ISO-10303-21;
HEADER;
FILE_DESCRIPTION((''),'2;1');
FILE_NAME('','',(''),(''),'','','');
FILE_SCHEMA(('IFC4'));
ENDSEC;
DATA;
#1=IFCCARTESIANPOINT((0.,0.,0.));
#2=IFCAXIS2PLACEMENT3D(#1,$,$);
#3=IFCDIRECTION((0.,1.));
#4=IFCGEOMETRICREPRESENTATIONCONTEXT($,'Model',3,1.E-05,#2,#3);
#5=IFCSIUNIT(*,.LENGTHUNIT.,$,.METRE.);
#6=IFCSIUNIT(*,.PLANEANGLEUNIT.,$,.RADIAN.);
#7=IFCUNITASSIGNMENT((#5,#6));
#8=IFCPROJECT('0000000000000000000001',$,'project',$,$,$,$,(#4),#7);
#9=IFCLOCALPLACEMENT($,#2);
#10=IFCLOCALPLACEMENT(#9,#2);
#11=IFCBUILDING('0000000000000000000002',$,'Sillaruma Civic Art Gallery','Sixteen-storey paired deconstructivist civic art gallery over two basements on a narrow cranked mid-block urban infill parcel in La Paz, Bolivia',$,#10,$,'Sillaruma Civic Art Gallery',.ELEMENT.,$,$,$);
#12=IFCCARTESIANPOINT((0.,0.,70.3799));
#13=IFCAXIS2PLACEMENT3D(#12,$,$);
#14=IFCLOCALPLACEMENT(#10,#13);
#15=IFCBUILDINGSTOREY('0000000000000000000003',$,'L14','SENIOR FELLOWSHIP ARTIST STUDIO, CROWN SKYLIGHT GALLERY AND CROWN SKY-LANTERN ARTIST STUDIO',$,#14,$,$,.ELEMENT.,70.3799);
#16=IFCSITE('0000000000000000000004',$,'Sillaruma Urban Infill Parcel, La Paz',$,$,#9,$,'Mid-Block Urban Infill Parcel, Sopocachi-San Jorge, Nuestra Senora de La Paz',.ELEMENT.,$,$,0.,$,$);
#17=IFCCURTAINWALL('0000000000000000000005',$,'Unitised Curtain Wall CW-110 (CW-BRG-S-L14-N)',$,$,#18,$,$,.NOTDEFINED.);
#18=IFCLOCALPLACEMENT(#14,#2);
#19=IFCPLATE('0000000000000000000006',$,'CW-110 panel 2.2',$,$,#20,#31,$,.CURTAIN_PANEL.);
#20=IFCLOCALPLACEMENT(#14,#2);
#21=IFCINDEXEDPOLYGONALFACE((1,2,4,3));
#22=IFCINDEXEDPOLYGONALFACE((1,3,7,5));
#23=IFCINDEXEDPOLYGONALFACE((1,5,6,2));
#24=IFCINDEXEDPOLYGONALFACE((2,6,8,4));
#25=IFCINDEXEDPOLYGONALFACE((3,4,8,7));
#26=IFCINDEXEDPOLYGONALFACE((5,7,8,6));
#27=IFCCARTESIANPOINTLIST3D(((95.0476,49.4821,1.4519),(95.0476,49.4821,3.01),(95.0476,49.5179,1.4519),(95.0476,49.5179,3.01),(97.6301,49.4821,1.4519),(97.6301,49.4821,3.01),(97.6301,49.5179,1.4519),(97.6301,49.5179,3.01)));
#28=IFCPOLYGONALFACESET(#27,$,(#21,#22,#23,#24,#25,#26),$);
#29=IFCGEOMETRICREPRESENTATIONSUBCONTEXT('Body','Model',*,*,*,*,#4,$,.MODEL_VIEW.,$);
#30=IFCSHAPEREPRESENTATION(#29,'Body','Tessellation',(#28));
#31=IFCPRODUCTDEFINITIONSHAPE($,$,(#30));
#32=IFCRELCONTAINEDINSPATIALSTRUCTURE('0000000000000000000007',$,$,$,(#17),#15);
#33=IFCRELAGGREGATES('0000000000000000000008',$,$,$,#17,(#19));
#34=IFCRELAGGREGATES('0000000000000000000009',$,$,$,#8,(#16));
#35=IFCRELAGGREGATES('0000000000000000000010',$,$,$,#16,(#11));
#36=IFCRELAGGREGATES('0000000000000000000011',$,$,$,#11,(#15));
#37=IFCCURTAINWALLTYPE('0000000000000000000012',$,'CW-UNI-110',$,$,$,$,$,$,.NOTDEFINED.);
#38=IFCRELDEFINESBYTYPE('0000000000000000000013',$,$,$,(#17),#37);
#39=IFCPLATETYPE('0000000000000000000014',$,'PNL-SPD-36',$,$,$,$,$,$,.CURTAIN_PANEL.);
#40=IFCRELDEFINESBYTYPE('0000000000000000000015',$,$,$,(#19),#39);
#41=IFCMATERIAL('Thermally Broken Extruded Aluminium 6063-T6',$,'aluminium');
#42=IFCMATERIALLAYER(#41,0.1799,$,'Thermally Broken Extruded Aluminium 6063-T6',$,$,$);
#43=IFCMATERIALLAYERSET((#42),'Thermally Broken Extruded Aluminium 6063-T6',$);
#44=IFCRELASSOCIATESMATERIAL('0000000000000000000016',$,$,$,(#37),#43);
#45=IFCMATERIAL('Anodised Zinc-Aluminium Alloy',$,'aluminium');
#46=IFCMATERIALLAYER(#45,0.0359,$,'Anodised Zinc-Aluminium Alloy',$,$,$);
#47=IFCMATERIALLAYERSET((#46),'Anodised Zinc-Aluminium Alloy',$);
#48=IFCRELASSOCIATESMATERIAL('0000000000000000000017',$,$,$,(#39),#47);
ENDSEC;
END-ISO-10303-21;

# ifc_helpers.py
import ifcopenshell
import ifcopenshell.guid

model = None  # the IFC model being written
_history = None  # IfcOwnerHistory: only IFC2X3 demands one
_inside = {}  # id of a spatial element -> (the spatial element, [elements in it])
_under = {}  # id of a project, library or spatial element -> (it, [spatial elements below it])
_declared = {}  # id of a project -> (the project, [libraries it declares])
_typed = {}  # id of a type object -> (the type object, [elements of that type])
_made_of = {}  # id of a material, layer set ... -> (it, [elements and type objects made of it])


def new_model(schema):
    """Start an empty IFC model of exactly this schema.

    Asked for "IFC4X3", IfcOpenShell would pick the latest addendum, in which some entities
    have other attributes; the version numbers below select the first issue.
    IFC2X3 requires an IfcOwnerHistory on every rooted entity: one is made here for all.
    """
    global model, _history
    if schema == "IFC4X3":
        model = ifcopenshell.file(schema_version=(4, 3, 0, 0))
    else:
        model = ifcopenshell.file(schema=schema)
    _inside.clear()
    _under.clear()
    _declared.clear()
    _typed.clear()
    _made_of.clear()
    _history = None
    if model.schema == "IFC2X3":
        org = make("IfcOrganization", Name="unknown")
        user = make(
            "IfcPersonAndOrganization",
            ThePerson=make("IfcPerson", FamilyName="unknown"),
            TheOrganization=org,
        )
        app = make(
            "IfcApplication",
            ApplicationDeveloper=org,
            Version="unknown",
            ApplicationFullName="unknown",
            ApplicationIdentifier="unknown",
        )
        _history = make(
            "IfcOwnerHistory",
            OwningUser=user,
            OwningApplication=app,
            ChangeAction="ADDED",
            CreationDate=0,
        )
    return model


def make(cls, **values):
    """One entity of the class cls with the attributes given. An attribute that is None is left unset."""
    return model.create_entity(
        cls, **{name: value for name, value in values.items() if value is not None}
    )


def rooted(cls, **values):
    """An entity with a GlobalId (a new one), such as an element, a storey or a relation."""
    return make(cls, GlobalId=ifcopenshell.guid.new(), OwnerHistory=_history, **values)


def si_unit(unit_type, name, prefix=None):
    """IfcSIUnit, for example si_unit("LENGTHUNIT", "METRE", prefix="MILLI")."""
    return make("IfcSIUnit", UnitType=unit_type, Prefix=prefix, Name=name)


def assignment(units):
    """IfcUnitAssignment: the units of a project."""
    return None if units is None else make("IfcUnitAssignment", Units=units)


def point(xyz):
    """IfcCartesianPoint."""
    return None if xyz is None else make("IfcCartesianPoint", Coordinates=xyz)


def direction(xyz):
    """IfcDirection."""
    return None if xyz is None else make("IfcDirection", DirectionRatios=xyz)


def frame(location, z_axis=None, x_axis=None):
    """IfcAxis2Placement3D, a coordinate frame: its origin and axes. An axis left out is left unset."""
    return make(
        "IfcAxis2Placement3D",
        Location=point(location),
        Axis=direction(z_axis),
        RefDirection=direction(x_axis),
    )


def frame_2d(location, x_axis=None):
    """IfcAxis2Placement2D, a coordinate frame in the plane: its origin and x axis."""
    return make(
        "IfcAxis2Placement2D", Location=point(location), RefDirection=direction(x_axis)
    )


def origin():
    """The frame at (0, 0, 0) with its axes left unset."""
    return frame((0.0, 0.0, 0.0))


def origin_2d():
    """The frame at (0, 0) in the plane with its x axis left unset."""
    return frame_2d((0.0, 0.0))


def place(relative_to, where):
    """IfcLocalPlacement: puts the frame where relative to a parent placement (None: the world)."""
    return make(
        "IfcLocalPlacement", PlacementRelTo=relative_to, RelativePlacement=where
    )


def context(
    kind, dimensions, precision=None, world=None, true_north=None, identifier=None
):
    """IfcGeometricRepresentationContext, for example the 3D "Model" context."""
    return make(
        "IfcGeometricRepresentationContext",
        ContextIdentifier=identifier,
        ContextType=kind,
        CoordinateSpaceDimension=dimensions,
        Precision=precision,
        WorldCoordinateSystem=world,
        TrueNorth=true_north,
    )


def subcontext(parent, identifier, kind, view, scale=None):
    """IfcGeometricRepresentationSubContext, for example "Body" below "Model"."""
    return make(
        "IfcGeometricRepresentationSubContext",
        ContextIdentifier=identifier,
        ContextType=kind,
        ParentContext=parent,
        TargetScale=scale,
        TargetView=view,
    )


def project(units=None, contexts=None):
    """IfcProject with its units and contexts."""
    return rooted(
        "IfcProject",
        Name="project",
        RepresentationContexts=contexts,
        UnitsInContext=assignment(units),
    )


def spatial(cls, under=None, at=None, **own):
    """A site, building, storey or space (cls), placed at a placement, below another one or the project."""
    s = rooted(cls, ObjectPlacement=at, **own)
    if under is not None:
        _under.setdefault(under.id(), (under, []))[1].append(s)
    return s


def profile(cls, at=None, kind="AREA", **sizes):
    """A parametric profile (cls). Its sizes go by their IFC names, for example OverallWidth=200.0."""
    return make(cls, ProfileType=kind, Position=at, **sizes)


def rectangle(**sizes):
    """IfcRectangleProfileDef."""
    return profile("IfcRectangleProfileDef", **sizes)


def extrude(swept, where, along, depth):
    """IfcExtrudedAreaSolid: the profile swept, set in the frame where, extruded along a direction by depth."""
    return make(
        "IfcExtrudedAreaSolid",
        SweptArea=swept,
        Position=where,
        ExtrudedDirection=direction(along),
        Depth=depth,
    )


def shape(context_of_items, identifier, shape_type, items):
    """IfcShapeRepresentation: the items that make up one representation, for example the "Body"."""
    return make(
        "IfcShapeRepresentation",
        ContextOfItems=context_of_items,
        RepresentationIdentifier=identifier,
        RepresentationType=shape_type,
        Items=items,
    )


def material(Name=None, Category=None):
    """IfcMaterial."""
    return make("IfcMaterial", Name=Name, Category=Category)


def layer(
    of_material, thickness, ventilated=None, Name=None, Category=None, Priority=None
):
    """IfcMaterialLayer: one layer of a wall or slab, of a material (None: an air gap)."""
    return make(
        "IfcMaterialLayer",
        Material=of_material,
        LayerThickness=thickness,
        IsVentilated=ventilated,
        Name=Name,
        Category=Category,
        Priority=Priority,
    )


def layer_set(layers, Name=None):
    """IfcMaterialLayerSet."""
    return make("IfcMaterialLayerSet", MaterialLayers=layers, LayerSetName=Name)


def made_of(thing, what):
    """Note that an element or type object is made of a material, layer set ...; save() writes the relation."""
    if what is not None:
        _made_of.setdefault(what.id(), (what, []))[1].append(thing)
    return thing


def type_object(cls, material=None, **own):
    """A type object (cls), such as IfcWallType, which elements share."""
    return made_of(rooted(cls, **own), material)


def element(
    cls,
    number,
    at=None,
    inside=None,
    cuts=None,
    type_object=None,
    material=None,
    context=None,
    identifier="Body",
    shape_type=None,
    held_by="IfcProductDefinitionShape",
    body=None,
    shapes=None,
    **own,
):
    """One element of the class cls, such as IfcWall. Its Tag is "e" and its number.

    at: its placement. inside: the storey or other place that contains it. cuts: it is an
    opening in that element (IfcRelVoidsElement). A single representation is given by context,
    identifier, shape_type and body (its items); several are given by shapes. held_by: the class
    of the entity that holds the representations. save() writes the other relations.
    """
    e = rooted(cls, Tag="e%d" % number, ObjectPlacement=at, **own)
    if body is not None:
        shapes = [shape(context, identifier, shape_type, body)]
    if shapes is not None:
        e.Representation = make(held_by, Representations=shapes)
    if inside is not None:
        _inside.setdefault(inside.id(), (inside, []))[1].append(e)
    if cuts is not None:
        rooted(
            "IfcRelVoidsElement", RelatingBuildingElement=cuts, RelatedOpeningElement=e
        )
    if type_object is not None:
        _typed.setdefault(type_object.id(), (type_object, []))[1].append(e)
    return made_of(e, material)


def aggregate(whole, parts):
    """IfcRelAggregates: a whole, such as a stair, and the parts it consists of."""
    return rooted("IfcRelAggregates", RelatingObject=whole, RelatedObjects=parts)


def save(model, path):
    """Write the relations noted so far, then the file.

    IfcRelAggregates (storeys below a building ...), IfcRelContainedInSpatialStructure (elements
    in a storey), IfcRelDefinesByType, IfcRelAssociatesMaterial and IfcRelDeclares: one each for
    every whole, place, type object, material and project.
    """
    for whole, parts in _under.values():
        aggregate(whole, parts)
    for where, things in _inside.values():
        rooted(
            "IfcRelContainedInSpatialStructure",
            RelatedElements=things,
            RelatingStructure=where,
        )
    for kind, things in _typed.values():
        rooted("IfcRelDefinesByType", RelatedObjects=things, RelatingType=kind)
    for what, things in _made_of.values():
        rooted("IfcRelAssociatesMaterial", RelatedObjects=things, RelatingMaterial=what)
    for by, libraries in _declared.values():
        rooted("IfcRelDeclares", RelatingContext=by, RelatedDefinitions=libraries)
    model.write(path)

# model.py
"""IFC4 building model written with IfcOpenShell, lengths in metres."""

from ifc_helpers import new_model, si_unit, direction, frame, origin, origin_2d, place, context, subcontext, project, spatial, rectangle, extrude, material, layer, layer_set, type_object, element, aggregate, save


model = new_model("IFC4")

# Units and contexts
model_context = context("Model", 3, precision=1e-05, world=origin(), true_north=direction((0.0, 1.0)))
body_context = subcontext(model_context, "Body", "Model", "MODEL_VIEW")
ifc_project = project(units=[si_unit("LENGTHUNIT", "METRE"), si_unit("PLANEANGLEUNIT", "RADIAN")], contexts=[model_context])

# Site, building, storey
site_placement = place(None, origin())
site = spatial("IfcSite", under=ifc_project, at=site_placement, Name="Sillaruma Urban Infill Parcel, La Paz", LongName="Mid-Block Urban Infill Parcel, Sopocachi-San Jorge, Nuestra Senora de La Paz", CompositionType="ELEMENT", RefElevation=0.0)
building_placement = place(site_placement, origin())
building = spatial("IfcBuilding", under=site, at=building_placement, Name="Sillaruma Civic Art Gallery", Description="Sixteen-storey paired deconstructivist civic art gallery over two basements on a narrow cranked mid-block urban infill parcel in La Paz, Bolivia", LongName="Sillaruma Civic Art Gallery", CompositionType="ELEMENT")
storey_placement = place(building_placement, frame((0.0, 0.0, 70.3799)))
storey = spatial("IfcBuildingStorey", under=building, at=storey_placement, Name="L14", Description="SENIOR FELLOWSHIP ARTIST STUDIO, CROWN SKYLIGHT GALLERY AND CROWN SKY-LANTERN ARTIST STUDIO", CompositionType="ELEMENT", Elevation=70.3799)

# Shared definitions
ifc_material_1 = material(Name="Thermally Broken Extruded Aluminium 6063-T6", Category="aluminium")
ifc_layer_1 = layer(ifc_material_1, 0.1799, Name="Thermally Broken Extruded Aluminium 6063-T6")
ifc_layer_set_1 = layer_set([ifc_layer_1], Name="Thermally Broken Extruded Aluminium 6063-T6")
curtain_wall_type_1 = type_object("IfcCurtainWallType", Name="CW-UNI-110", PredefinedType="NOTDEFINED", material=ifc_layer_set_1)

# Curtain wall
curtain_wall_1_placement = place(storey_placement, origin())
curtain_wall_1 = element("IfcCurtainWall", 1, at=curtain_wall_1_placement, inside=storey, type_object=curtain_wall_type_1, Name="Unitised Curtain Wall CW-110 (CW-BRG-S-L14-N)", PredefinedType="NOTDEFINED")

# Shared definitions
ifc_material_2 = material(Name="Anodised Zinc-Aluminium Alloy", Category="aluminium")

# Plate
ifc_layer_2 = layer(ifc_material_2, 0.0359, Name="Anodised Zinc-Aluminium Alloy")
ifc_layer_set_2 = layer_set([ifc_layer_2], Name="Anodised Zinc-Aluminium Alloy")
plate_type_1 = type_object("IfcPlateType", Name="PNL-SPD-36", PredefinedType="CURTAIN_PANEL", material=ifc_layer_set_2)
plate_1_placement = place(storey_placement, frame((96.3389, 49.5, 1.4519), z_axis=(0.0, 0.0, 1.0), x_axis=(1.0, 0.0, 0.0)))
plate_1 = element("IfcPlate", 2, at=plate_1_placement, type_object=plate_type_1, Name="CW-110 panel 2.2", PredefinedType="CURTAIN_PANEL", context=body_context, shape_type="SweptSolid", body=[
    extrude(rectangle(XDim=2.5825, YDim=0.0359, at=origin_2d()), origin(), (0.0, 0.0, 1.0), 1.5581),
])
aggregate(curtain_wall_1, [plate_1])

save(model, "model.ifc")
